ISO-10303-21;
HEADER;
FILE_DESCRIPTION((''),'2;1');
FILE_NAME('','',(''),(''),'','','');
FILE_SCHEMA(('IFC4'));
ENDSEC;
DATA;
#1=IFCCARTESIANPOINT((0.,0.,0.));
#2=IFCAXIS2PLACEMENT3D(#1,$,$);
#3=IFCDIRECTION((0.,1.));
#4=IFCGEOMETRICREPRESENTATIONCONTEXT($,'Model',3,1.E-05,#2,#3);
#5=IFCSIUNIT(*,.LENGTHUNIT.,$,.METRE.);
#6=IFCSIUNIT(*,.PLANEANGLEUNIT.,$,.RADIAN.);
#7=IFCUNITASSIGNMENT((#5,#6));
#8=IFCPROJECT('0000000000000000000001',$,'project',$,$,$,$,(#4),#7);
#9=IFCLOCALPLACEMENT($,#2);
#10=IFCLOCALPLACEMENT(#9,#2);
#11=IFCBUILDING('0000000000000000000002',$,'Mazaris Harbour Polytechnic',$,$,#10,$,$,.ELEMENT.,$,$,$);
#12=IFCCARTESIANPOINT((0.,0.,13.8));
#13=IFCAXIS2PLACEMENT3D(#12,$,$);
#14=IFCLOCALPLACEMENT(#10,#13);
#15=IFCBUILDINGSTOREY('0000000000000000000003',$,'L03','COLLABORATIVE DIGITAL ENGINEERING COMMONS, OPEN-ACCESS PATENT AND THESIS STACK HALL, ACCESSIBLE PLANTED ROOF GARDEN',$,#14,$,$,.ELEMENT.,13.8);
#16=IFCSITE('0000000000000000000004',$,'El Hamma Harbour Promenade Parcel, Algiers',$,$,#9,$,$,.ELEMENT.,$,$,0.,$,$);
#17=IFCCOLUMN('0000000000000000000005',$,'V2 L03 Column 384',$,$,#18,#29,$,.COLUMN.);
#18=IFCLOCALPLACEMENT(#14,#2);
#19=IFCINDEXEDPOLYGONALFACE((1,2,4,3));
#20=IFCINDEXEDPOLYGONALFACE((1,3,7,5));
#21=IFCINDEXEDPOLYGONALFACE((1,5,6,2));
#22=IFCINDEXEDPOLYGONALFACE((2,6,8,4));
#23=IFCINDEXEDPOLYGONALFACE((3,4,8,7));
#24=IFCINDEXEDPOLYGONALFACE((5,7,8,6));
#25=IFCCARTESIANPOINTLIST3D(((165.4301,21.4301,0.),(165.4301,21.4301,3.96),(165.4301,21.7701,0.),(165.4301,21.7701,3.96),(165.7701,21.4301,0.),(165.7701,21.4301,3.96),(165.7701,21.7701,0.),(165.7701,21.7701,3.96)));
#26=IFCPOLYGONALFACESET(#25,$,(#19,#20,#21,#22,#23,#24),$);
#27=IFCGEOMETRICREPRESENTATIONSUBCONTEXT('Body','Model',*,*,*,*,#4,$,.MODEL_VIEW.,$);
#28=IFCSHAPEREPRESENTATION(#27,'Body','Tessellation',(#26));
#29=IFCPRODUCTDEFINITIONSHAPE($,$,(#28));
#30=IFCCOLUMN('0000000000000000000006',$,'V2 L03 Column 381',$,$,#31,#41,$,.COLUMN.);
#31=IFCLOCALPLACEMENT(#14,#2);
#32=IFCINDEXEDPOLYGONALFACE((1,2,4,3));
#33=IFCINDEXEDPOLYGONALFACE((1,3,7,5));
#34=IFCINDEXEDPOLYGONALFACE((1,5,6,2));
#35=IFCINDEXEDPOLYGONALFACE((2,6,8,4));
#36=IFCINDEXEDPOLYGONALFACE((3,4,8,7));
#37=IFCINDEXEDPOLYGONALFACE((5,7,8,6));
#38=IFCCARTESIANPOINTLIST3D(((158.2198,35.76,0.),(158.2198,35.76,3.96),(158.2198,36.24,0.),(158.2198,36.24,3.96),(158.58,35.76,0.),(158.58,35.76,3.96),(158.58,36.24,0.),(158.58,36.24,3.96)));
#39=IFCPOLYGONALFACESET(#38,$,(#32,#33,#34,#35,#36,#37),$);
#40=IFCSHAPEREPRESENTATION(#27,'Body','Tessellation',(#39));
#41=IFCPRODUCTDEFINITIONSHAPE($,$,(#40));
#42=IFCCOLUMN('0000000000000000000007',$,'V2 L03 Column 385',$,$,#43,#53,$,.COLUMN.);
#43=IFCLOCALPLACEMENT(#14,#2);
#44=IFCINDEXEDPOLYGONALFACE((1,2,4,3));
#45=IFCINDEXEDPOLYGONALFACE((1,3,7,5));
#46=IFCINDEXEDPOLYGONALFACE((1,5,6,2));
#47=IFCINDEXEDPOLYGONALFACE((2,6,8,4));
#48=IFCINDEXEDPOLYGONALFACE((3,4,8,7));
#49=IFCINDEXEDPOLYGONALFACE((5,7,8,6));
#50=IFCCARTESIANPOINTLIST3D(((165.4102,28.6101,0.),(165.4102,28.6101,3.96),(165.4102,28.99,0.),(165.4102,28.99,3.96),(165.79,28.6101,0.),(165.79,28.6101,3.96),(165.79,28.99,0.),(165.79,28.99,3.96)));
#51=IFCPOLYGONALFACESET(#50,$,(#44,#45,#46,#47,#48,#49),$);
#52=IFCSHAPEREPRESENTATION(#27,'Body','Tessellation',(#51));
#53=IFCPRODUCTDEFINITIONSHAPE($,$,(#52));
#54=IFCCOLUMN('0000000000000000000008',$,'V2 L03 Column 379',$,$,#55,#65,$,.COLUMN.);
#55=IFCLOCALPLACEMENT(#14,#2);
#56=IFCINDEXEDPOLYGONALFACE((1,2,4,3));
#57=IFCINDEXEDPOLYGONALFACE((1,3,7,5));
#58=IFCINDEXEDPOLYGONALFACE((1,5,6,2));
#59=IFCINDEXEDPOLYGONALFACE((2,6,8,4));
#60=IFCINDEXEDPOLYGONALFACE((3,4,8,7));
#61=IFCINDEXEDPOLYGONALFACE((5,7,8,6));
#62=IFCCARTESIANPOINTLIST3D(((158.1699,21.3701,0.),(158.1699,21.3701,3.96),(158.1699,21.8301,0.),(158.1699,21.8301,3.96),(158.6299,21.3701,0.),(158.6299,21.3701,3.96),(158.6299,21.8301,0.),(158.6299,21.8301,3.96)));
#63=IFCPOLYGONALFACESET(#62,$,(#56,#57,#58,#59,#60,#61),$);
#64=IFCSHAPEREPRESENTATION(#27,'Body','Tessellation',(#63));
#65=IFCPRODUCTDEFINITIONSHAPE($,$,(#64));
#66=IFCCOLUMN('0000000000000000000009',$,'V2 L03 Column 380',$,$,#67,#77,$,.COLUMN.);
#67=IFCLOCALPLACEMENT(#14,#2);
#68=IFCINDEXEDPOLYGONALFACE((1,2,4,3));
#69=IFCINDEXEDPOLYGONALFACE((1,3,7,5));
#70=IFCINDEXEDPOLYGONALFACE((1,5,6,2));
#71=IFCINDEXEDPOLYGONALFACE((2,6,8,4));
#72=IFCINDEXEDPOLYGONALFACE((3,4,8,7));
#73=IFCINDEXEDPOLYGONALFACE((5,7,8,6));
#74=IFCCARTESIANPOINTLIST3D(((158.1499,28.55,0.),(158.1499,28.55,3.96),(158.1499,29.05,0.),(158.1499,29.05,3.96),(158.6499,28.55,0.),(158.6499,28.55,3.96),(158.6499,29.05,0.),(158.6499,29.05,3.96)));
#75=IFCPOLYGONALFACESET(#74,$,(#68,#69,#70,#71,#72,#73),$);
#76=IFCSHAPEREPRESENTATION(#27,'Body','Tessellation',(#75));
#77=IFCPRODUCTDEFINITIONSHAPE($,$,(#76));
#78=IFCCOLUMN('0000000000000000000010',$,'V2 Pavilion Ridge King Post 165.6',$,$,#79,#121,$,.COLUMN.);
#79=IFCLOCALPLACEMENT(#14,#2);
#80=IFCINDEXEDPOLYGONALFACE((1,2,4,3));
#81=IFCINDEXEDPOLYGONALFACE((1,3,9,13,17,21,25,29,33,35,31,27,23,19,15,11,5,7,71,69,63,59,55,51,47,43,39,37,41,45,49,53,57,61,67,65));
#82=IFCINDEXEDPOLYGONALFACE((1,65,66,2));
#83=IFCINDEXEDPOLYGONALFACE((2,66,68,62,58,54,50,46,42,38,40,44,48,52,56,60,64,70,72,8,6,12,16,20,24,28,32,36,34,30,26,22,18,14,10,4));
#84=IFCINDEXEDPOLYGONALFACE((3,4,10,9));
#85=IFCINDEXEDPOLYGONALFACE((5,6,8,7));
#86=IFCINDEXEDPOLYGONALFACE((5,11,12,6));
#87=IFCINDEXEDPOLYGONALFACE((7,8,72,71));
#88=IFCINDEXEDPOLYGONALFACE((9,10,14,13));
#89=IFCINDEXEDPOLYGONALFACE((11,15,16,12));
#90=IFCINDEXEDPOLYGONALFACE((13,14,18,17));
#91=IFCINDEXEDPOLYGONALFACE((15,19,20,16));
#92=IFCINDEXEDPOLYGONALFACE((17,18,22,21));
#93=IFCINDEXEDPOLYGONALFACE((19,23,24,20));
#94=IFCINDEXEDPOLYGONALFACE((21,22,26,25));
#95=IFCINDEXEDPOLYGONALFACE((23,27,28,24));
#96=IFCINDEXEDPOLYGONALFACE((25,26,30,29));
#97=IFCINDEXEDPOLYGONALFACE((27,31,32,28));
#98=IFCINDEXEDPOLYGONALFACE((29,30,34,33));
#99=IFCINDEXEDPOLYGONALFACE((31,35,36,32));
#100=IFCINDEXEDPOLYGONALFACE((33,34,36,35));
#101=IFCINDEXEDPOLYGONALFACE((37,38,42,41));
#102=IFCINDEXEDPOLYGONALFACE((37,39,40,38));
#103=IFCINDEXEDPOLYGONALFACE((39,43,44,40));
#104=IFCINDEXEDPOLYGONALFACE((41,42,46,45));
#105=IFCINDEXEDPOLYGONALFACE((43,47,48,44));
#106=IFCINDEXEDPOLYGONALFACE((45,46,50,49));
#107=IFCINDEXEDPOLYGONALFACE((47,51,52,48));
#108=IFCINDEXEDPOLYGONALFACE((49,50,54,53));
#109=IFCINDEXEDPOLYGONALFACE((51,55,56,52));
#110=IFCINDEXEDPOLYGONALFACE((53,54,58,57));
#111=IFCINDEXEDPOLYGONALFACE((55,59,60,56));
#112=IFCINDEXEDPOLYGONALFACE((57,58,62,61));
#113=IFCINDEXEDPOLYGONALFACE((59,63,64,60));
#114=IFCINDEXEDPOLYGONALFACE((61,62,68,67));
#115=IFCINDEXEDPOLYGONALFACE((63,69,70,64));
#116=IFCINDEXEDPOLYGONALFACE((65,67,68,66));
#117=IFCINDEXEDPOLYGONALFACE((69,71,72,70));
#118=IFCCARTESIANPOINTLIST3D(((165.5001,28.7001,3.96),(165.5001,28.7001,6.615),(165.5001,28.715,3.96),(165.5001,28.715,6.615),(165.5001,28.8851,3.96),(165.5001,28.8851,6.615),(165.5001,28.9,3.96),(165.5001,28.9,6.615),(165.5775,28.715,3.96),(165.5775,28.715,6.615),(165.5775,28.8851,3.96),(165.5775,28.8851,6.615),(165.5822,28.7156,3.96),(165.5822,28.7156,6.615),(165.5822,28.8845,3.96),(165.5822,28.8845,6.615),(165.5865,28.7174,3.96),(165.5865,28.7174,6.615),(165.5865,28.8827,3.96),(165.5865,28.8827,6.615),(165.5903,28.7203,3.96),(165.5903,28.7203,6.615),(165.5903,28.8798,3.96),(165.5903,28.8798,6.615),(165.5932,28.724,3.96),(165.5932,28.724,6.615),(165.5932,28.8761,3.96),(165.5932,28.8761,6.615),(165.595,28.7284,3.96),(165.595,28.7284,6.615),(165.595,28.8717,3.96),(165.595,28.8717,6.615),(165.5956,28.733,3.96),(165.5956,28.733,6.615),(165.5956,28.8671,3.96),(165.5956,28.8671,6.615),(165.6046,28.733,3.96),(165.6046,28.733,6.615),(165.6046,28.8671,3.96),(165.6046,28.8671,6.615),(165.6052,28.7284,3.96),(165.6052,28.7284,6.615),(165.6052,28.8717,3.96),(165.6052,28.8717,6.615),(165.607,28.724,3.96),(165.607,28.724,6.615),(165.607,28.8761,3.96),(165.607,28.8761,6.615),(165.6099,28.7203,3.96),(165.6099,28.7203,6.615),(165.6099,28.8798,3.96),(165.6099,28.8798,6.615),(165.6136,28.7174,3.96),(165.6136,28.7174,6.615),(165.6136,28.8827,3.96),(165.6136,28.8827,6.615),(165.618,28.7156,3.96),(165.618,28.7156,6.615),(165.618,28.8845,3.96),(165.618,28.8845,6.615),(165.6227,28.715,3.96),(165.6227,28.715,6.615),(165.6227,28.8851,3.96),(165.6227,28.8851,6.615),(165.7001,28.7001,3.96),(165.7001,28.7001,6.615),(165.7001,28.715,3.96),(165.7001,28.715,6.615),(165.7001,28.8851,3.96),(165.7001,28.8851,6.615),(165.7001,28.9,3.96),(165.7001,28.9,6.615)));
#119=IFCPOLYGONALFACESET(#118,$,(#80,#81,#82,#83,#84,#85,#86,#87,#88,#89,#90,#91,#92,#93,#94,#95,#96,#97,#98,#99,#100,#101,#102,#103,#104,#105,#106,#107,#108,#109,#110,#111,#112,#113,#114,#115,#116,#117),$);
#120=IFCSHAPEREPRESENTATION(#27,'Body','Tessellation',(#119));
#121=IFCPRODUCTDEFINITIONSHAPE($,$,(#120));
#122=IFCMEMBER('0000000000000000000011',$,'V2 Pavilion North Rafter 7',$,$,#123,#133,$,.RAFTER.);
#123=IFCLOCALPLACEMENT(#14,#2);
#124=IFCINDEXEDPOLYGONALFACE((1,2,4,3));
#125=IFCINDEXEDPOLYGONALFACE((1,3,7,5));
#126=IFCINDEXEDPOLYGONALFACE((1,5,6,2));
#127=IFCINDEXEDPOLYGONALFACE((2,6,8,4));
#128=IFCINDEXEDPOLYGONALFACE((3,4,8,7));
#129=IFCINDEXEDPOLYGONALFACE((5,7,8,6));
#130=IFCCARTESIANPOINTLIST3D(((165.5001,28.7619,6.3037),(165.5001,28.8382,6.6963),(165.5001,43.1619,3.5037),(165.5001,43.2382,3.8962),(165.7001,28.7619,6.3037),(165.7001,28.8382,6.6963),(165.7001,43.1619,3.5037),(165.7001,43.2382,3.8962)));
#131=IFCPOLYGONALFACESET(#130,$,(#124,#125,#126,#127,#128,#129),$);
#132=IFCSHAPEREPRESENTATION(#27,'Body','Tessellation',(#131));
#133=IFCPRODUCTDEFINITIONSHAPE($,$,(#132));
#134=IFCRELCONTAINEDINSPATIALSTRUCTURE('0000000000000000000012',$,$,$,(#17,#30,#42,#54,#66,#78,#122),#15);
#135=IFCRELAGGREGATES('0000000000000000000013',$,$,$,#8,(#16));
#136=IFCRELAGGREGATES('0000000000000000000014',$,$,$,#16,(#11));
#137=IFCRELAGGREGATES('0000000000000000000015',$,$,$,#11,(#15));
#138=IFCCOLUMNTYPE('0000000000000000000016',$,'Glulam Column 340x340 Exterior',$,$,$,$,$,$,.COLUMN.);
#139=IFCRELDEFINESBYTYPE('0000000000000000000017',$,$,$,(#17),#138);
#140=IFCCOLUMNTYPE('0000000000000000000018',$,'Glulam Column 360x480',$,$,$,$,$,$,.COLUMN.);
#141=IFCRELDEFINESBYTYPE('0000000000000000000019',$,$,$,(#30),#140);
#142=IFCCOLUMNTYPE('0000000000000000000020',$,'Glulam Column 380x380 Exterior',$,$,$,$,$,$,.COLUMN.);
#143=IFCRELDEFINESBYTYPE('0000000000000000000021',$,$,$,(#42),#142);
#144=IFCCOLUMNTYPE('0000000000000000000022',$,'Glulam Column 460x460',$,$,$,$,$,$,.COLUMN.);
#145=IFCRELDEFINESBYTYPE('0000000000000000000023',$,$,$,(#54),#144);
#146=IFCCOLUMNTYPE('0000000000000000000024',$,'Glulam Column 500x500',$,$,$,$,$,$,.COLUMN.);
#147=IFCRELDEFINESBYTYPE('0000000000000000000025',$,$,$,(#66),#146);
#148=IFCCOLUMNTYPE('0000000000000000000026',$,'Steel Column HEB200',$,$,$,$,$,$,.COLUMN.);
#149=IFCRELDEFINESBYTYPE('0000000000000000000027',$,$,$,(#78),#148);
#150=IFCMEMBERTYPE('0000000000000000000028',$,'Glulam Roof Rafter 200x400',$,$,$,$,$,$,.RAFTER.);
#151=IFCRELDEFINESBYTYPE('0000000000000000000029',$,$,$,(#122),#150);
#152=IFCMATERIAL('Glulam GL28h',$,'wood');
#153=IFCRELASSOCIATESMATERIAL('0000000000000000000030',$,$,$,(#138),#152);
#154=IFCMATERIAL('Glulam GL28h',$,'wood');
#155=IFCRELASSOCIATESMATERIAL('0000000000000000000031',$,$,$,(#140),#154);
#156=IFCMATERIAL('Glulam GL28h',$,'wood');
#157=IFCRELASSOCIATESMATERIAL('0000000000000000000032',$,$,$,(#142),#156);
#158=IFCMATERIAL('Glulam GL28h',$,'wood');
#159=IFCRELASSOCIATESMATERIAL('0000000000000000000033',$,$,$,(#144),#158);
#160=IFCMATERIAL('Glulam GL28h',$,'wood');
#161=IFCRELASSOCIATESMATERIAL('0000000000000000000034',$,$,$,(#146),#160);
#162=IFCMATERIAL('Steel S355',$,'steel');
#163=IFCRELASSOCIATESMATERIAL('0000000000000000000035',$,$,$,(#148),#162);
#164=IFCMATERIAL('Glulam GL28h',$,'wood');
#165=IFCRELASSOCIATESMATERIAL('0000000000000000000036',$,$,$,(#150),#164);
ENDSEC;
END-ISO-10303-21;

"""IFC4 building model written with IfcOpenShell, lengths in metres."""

from ifc_helpers import new_model, si_unit, direction, frame, origin, origin_2d, place, context, subcontext, project, spatial, rectangle, i_section, extrude, material, material_profile, profile_set, type_object, element, save


model = new_model("IFC4")

# Units and contexts
model_context = context("Model", 3, precision=1e-05, world=origin(), true_north=direction((0.0, 1.0)))
body_context = subcontext(model_context, "Body", "Model", "MODEL_VIEW")
ifc_project = project(units=[si_unit("LENGTHUNIT", "METRE"), si_unit("PLANEANGLEUNIT", "RADIAN")], contexts=[model_context])

# Site, building, storey
site_placement = place(None, origin())
site = spatial("IfcSite", under=ifc_project, at=site_placement, Name="El Hamma Harbour Promenade Parcel, Algiers", CompositionType="ELEMENT", RefElevation=0.0)
building_placement = place(site_placement, origin())
building = spatial("IfcBuilding", under=site, at=building_placement, Name="Mazaris Harbour Polytechnic", CompositionType="ELEMENT")
storey_placement = place(building_placement, frame((0.0, 0.0, 13.8)))
storey = spatial("IfcBuildingStorey", under=building, at=storey_placement, Name="L03", Description="COLLABORATIVE DIGITAL ENGINEERING COMMONS, OPEN-ACCESS PATENT AND THESIS STACK HALL, ACCESSIBLE PLANTED ROOF GARDEN", CompositionType="ELEMENT", Elevation=13.8)

# Columns
ifc_material_1 = material(Name="Glulam GL28h", Category="wood")
ifc_material_profile_1 = material_profile(ifc_material_1, rectangle(XDim=0.3401, YDim=0.3401, at=origin_2d()), Name="RECT340x340")
ifc_profile_set_1 = profile_set([ifc_material_profile_1], Name="Glulam GL28h")
column_type_1 = type_object("IfcColumnType", Name="Glulam Column 340x340 Exterior", PredefinedType="COLUMN", material=ifc_profile_set_1)
column_1_placement = place(storey_placement, frame((165.6001, 21.6001, 0.0), z_axis=(0.0, 0.0, 1.0), x_axis=(1.0, 0.0, 0.0)))
element("IfcColumn", 1, at=column_1_placement, inside=storey, type_object=column_type_1, Name="V2 L03 Column 384", PredefinedType="COLUMN", context=body_context, shape_type="SweptSolid", body=[
    extrude(rectangle(XDim=0.3401, YDim=0.3401, at=origin_2d()), origin(), (0.0, 0.0, 1.0), 3.96),
])
ifc_material_2 = material(Name="Glulam GL28h", Category="wood")
ifc_material_profile_2 = material_profile(ifc_material_2, rectangle(XDim=0.3601, YDim=0.48, at=origin_2d()), Name="RECT360x480")
ifc_profile_set_2 = profile_set([ifc_material_profile_2], Name="Glulam GL28h")
column_type_2 = type_object("IfcColumnType", Name="Glulam Column 360x480", PredefinedType="COLUMN", material=ifc_profile_set_2)
column_2_placement = place(storey_placement, frame((158.3999, 36.0, 0.0), z_axis=(0.0, 0.0, 1.0), x_axis=(1.0, 0.0, 0.0)))
element("IfcColumn", 2, at=column_2_placement, inside=storey, type_object=column_type_2, Name="V2 L03 Column 381", PredefinedType="COLUMN", context=body_context, shape_type="SweptSolid", body=[
    extrude(rectangle(XDim=0.3601, YDim=0.48, at=origin_2d()), origin(), (0.0, 0.0, 1.0), 3.96),
])
ifc_material_3 = material(Name="Glulam GL28h", Category="wood")
ifc_material_profile_3 = material_profile(ifc_material_3, rectangle(XDim=0.3799, YDim=0.3799, at=origin_2d()), Name="RECT380x380")
ifc_profile_set_3 = profile_set([ifc_material_profile_3], Name="Glulam GL28h")
column_type_3 = type_object("IfcColumnType", Name="Glulam Column 380x380 Exterior", PredefinedType="COLUMN", material=ifc_profile_set_3)
column_3_placement = place(storey_placement, frame((165.6001, 28.8, 0.0), z_axis=(0.0, 0.0, 1.0), x_axis=(1.0, 0.0, 0.0)))
element("IfcColumn", 3, at=column_3_placement, inside=storey, type_object=column_type_3, Name="V2 L03 Column 385", PredefinedType="COLUMN", context=body_context, shape_type="SweptSolid", body=[
    extrude(rectangle(XDim=0.3799, YDim=0.3799, at=origin_2d()), origin(), (0.0, 0.0, 1.0), 3.96),
])
ifc_material_4 = material(Name="Glulam GL28h", Category="wood")
ifc_material_profile_4 = material_profile(ifc_material_4, rectangle(XDim=0.46, YDim=0.46, at=origin_2d()), Name="RECT460x460")
ifc_profile_set_4 = profile_set([ifc_material_profile_4], Name="Glulam GL28h")
column_type_4 = type_object("IfcColumnType", Name="Glulam Column 460x460", PredefinedType="COLUMN", material=ifc_profile_set_4)
column_4_placement = place(storey_placement, frame((158.3999, 21.6001, 0.0), z_axis=(0.0, 0.0, 1.0), x_axis=(1.0, 0.0, 0.0)))
element("IfcColumn", 4, at=column_4_placement, inside=storey, type_object=column_type_4, Name="V2 L03 Column 379", PredefinedType="COLUMN", context=body_context, shape_type="SweptSolid", body=[
    extrude(rectangle(XDim=0.46, YDim=0.46, at=origin_2d()), origin(), (0.0, 0.0, 1.0), 3.96),
])
ifc_material_5 = material(Name="Glulam GL28h", Category="wood")
ifc_material_profile_5 = material_profile(ifc_material_5, rectangle(XDim=0.5, YDim=0.5, at=origin_2d()), Name="RECT500x500")
ifc_profile_set_5 = profile_set([ifc_material_profile_5], Name="Glulam GL28h")
column_type_5 = type_object("IfcColumnType", Name="Glulam Column 500x500", PredefinedType="COLUMN", material=ifc_profile_set_5)
column_5_placement = place(storey_placement, frame((158.3999, 28.8, 0.0), z_axis=(0.0, 0.0, 1.0), x_axis=(1.0, 0.0, 0.0)))
element("IfcColumn", 5, at=column_5_placement, inside=storey, type_object=column_type_5, Name="V2 L03 Column 380", PredefinedType="COLUMN", context=body_context, shape_type="SweptSolid", body=[
    extrude(rectangle(XDim=0.5, YDim=0.5, at=origin_2d()), origin(), (0.0, 0.0, 1.0), 3.96),
])
ifc_material_6 = material(Name="Steel S355", Category="steel")
ifc_material_profile_6 = material_profile(ifc_material_6, i_section(OverallWidth=0.2, OverallDepth=0.2, WebThickness=0.009, FlangeThickness=0.0149, FilletRadius=0.0181, at=origin_2d()), Name="HEB 200")
ifc_profile_set_6 = profile_set([ifc_material_profile_6], Name="Steel S355")
column_type_6 = type_object("IfcColumnType", Name="Steel Column HEB200", PredefinedType="COLUMN", material=ifc_profile_set_6)
column_6_placement = place(storey_placement, frame((165.6001, 28.8, 3.96), z_axis=(0.0, 0.0, 1.0), x_axis=(1.0, 0.0, 0.0)))
element("IfcColumn", 6, at=column_6_placement, inside=storey, type_object=column_type_6, Name="V2 Pavilion Ridge King Post 165.6", PredefinedType="COLUMN", context=body_context, shape_type="SweptSolid", body=[
    extrude(i_section(OverallWidth=0.2, OverallDepth=0.2, WebThickness=0.009, FlangeThickness=0.0149, FilletRadius=0.0181, at=origin_2d()), origin(), (0.0, 0.0, 1.0), 2.655),
])

# Member
ifc_material_7 = material(Name="Glulam GL28h", Category="wood")
ifc_material_profile_7 = material_profile(ifc_material_7, rectangle(XDim=0.2, YDim=0.3999, at=origin_2d()), Name="RECT200x400")
ifc_profile_set_7 = profile_set([ifc_material_profile_7], Name="Glulam GL28h")
member_type_1 = type_object("IfcMemberType", Name="Glulam Roof Rafter 200x400", PredefinedType="RAFTER", material=ifc_profile_set_7)
member_1_placement = place(storey_placement, frame((165.6001, 28.8, 6.5), z_axis=(0.0, 0.981615, -0.190874), x_axis=(-1.0, 0.0, 0.0)))
element("IfcMember", 7, at=member_1_placement, inside=storey, type_object=member_type_1, Name="V2 Pavilion North Rafter 7", PredefinedType="RAFTER", context=body_context, shape_type="SweptSolid", body=[
    extrude(rectangle(XDim=0.2, YDim=0.3999, at=origin_2d()), origin(), (0.0, 0.0, 1.0), 14.6697),
])

save(model, "model.ifc")
